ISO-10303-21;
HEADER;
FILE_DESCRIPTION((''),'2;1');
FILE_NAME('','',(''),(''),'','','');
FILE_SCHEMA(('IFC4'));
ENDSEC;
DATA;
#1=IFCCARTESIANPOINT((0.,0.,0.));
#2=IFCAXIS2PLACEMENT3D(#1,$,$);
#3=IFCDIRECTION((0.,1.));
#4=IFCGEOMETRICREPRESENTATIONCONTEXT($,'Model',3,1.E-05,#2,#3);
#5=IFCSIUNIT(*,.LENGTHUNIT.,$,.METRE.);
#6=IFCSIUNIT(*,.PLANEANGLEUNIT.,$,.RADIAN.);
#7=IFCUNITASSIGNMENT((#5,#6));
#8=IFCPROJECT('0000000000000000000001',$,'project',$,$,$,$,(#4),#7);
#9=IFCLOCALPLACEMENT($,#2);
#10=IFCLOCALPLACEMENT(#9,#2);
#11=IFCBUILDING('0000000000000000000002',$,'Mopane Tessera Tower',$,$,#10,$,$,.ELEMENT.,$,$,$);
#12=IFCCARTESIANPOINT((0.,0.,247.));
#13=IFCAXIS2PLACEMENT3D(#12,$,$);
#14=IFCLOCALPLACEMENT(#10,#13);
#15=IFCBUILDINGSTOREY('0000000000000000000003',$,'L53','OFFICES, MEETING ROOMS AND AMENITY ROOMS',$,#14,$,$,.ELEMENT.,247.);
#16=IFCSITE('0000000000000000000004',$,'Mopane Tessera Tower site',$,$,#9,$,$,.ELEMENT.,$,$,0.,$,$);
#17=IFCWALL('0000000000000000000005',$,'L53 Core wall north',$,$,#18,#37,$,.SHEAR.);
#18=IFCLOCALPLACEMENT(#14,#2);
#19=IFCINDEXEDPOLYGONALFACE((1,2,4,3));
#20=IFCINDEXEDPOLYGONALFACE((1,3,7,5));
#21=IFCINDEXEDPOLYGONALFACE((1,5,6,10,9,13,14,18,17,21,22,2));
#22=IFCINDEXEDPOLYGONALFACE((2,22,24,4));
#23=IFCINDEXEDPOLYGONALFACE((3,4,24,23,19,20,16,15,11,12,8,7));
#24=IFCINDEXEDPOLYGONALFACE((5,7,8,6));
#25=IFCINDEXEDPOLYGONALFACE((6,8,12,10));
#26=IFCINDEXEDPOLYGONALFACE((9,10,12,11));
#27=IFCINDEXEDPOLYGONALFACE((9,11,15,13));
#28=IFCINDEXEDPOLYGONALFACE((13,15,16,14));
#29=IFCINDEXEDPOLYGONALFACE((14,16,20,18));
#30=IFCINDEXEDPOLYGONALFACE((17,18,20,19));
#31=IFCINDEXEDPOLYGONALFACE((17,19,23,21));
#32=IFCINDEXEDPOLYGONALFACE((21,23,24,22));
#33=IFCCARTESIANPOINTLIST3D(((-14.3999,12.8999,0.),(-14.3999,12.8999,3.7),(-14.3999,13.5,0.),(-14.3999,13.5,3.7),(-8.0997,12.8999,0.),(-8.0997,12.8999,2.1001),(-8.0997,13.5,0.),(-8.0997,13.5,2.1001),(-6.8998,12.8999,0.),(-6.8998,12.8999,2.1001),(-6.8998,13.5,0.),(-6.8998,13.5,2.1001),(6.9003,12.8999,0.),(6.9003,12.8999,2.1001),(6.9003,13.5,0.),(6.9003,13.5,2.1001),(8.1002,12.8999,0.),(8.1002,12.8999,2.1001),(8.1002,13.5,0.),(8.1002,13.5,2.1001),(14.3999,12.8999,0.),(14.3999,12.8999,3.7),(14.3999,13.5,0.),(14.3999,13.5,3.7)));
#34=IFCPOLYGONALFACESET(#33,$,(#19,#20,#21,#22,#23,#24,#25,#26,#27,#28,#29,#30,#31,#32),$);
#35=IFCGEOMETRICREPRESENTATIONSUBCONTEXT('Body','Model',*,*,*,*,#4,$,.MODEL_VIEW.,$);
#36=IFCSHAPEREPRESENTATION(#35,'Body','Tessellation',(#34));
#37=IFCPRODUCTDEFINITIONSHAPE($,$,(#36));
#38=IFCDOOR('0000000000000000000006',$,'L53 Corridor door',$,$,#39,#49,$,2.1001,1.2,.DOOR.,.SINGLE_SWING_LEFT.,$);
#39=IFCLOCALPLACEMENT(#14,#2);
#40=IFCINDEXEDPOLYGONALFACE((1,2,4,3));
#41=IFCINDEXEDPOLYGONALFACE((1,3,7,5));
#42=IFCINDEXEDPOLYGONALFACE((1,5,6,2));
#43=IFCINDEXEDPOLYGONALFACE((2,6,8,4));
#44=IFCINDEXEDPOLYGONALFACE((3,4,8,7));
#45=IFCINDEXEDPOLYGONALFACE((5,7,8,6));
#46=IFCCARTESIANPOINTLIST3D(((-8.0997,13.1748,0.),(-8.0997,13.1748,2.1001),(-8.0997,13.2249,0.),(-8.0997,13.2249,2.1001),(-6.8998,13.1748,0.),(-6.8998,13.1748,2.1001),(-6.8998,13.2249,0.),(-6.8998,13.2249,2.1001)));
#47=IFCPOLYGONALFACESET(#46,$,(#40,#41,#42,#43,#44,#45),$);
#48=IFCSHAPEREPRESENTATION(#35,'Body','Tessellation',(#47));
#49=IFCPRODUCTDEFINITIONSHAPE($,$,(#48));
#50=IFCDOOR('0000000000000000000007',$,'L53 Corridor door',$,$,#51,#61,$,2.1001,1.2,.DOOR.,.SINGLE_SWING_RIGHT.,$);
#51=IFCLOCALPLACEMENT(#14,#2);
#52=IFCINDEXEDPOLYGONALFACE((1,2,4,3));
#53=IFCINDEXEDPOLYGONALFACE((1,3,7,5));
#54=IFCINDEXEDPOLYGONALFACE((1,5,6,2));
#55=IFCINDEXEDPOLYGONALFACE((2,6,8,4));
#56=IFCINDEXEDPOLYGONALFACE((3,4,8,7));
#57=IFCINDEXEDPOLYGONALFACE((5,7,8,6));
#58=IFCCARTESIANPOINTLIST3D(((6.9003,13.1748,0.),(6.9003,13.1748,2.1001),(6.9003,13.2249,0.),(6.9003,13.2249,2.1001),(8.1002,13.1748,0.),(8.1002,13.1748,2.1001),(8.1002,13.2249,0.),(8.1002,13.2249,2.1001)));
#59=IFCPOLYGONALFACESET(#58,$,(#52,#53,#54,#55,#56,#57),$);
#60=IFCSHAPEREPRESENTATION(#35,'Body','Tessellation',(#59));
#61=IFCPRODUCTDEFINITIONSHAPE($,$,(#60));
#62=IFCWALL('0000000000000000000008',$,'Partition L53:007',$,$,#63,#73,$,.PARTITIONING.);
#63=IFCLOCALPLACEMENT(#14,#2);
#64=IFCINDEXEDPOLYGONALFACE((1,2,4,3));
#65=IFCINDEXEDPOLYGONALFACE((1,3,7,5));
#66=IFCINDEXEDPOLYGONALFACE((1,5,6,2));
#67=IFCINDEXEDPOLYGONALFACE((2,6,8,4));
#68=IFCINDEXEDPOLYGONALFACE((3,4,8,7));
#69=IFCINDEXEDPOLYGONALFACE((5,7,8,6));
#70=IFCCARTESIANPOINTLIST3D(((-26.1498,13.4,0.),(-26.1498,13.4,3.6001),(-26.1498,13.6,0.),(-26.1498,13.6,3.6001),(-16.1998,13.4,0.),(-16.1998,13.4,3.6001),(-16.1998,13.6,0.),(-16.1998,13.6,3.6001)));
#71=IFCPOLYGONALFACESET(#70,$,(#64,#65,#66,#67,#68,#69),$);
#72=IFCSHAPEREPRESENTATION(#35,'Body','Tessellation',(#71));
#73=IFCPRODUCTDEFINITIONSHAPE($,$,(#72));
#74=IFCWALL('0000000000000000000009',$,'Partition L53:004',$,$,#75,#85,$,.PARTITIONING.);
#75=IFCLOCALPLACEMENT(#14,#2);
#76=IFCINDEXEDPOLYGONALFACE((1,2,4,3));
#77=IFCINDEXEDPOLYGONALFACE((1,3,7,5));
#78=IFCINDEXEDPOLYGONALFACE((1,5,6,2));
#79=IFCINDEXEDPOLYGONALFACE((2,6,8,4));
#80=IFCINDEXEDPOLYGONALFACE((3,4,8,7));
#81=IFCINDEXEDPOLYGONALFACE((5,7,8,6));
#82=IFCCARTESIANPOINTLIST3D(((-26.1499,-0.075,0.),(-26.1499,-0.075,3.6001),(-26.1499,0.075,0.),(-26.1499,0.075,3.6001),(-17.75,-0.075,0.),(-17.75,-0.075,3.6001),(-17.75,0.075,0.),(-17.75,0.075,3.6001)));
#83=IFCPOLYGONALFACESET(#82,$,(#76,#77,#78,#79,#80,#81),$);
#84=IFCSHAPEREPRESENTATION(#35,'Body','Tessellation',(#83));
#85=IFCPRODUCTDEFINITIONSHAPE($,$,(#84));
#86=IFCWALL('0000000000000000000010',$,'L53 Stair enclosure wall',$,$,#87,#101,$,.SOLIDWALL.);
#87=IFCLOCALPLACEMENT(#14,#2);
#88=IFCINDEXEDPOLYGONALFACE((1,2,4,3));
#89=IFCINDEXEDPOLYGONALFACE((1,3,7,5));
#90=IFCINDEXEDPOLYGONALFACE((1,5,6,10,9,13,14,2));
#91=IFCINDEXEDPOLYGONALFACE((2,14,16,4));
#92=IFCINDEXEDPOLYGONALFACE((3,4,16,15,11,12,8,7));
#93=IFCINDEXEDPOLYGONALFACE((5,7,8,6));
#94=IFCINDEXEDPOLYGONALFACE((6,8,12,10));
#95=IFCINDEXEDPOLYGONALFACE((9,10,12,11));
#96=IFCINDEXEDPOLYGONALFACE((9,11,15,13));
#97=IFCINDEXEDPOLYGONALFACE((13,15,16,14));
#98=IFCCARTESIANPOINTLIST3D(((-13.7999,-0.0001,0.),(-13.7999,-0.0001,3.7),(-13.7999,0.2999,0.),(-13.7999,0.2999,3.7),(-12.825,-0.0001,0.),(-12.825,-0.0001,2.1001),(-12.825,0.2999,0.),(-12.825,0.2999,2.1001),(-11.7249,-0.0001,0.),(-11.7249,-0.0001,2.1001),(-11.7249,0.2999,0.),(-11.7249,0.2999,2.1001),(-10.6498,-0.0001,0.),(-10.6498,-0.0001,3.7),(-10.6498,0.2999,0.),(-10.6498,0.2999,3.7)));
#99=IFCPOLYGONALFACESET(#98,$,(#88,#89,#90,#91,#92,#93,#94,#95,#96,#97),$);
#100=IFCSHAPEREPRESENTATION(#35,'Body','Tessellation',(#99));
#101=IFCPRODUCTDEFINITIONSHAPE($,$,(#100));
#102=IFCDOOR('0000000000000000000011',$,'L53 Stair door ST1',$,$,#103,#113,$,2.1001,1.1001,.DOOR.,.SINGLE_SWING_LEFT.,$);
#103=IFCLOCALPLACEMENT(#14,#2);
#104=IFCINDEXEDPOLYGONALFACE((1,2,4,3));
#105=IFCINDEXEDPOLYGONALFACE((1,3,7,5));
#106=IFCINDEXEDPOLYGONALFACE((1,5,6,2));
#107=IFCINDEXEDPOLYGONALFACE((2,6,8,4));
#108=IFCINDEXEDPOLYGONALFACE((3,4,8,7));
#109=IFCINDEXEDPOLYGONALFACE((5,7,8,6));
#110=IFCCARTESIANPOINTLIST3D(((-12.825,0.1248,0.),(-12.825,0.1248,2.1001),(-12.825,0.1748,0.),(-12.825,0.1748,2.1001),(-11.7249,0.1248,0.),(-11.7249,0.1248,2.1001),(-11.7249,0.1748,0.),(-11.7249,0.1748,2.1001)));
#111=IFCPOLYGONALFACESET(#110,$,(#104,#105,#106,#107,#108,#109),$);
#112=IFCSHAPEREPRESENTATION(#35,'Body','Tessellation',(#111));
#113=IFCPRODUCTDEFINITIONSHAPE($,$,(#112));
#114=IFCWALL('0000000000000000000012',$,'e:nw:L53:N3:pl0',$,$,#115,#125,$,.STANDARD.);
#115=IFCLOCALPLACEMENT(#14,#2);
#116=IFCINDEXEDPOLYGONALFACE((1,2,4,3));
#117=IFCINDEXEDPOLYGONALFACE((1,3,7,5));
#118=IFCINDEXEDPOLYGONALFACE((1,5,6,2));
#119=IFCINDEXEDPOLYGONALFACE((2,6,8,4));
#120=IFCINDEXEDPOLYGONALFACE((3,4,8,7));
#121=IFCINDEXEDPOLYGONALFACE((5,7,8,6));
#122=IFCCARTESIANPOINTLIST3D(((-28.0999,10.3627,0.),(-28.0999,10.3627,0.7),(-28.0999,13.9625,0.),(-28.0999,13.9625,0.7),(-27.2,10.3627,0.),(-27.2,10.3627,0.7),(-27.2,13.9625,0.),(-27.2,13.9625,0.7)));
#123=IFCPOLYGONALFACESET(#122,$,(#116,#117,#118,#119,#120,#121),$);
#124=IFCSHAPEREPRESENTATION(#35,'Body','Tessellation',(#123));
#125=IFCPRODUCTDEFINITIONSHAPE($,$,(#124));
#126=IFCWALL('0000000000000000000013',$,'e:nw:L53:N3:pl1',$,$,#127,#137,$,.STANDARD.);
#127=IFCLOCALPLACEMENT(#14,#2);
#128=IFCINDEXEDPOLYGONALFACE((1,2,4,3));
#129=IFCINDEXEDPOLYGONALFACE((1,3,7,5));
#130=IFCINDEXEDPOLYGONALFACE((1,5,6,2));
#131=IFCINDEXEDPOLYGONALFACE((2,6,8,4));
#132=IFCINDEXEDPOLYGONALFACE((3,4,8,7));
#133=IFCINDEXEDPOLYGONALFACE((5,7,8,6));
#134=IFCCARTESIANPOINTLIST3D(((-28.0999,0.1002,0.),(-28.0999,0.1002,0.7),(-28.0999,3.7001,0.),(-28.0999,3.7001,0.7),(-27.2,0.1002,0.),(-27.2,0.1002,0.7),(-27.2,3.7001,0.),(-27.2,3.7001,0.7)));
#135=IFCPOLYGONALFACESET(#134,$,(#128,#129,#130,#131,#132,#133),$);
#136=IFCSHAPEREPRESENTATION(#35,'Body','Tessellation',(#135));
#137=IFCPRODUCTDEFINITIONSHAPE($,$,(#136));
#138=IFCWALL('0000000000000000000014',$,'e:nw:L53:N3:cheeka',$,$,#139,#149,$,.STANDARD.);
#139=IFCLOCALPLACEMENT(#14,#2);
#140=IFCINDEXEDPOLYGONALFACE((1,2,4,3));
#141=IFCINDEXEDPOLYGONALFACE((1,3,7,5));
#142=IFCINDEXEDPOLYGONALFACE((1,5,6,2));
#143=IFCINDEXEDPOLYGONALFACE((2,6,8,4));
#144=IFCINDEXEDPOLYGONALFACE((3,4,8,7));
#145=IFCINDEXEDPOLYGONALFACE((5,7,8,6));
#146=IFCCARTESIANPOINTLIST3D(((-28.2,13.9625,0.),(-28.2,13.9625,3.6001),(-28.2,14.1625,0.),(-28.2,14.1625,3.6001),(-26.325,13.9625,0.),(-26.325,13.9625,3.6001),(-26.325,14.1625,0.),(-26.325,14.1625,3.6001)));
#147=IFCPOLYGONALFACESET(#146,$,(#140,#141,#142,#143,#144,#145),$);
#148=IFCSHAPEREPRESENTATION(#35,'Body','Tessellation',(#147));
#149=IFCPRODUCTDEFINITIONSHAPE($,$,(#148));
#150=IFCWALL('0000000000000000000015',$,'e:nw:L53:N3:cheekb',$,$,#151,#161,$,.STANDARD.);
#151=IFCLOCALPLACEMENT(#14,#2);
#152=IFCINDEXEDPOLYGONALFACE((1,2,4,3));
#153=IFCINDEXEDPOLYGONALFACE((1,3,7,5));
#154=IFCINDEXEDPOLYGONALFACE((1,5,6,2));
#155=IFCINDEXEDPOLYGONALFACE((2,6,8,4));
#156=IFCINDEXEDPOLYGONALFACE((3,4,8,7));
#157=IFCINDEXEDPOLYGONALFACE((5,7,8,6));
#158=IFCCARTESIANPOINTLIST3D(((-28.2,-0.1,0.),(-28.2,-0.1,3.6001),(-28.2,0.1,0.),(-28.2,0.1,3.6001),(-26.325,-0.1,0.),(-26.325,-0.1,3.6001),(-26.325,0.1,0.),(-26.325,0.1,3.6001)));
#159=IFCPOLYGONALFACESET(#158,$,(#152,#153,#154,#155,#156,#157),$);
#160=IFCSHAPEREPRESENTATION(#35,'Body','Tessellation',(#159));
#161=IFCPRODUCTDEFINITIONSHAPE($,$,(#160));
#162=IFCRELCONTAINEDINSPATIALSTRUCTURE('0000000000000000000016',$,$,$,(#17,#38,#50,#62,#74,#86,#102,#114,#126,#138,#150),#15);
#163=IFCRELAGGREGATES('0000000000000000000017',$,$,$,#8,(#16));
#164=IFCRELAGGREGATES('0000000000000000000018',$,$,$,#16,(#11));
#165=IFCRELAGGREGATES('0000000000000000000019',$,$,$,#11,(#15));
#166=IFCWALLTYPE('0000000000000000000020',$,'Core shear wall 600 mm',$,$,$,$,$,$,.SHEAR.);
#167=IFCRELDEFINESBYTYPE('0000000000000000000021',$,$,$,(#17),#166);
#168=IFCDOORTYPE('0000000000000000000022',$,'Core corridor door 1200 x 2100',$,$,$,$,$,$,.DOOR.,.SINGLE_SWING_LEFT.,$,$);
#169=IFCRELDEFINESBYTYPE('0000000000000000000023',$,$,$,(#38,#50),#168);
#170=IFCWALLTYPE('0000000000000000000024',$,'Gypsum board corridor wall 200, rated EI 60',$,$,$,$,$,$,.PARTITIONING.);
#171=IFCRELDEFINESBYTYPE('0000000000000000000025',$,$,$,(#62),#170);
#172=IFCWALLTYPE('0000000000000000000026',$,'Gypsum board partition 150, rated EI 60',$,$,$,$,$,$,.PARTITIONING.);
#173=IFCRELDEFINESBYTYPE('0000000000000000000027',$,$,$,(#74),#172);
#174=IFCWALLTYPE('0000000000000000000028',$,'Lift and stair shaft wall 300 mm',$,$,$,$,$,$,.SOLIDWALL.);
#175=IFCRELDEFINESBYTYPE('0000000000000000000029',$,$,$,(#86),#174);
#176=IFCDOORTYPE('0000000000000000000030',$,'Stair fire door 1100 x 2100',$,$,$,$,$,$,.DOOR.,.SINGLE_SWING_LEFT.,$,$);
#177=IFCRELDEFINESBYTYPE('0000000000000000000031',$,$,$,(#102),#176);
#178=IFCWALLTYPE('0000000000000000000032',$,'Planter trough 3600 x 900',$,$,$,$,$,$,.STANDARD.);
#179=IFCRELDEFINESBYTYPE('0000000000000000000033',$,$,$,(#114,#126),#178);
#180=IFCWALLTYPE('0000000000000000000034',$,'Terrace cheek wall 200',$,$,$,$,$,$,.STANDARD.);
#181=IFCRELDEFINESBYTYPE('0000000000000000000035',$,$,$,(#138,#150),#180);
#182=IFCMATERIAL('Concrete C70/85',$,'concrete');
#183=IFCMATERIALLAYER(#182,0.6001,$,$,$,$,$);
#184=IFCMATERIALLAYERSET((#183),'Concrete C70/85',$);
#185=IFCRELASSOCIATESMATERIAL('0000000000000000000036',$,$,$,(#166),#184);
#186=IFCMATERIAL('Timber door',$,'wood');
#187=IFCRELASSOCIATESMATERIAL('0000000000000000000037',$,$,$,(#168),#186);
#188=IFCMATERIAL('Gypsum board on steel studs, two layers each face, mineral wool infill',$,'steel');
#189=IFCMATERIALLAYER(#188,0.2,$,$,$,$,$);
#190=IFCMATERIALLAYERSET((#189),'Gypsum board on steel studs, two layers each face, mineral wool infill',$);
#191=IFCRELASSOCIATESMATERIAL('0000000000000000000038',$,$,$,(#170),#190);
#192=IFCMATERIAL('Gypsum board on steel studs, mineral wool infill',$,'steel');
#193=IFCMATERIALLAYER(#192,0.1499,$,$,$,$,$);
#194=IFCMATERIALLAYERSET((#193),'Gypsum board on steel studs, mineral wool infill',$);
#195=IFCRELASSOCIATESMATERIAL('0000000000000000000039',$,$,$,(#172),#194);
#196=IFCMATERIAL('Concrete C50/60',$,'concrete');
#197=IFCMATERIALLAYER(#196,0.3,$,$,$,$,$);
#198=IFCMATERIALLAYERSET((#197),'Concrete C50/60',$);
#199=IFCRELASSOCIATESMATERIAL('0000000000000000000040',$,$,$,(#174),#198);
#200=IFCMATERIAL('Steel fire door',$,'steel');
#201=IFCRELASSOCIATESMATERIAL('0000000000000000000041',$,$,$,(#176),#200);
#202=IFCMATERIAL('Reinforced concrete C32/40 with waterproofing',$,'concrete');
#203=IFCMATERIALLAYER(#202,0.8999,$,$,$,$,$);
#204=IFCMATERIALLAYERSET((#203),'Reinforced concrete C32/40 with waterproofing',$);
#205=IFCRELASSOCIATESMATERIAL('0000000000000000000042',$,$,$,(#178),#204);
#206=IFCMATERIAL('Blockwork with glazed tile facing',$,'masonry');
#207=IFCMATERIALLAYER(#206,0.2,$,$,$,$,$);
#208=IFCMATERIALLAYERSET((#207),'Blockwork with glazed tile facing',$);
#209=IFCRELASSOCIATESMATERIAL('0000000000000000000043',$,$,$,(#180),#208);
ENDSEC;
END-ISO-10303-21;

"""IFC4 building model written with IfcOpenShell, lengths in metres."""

from ifc_helpers import new_model, si_unit, direction, frame, frame_2d, origin, place, context, subcontext, project, spatial, rectangle, extrude, material, layer, layer_set, type_object, element, fill, save


model = new_model("IFC4")

# Units and contexts
model_context = context("Model", 3, precision=1e-05, world=origin(), true_north=direction((0.0, 1.0)))
body_context = subcontext(model_context, "Body", "Model", "MODEL_VIEW")
ifc_project = project(units=[si_unit("LENGTHUNIT", "METRE"), si_unit("PLANEANGLEUNIT", "RADIAN")], contexts=[model_context])

# Site, building, storey
site_placement = place(None, origin())
site = spatial("IfcSite", under=ifc_project, at=site_placement, Name="Mopane Tessera Tower site", CompositionType="ELEMENT", RefElevation=0.0)
building_placement = place(site_placement, origin())
building = spatial("IfcBuilding", under=site, at=building_placement, Name="Mopane Tessera Tower", CompositionType="ELEMENT")
storey_placement = place(building_placement, frame((0.0, 0.0, 247.0)))
storey = spatial("IfcBuildingStorey", under=building, at=storey_placement, Name="L53", Description="OFFICES, MEETING ROOMS AND AMENITY ROOMS", CompositionType="ELEMENT", Elevation=247.0)

# Wall, openings, doors
ifc_material_1 = material(Name="Concrete C70/85", Category="concrete")
ifc_layer_1 = layer(ifc_material_1, 0.6001)
ifc_layer_set_1 = layer_set([ifc_layer_1], Name="Concrete C70/85")
wall_type_1 = type_object("IfcWallType", Name="Core shear wall 600 mm", PredefinedType="SHEAR", material=ifc_layer_set_1)
wall_1_placement = place(storey_placement, frame((-14.3999, 13.2, 0.0), z_axis=(0.0, 0.0, 1.0), x_axis=(1.0, 0.0, 0.0)))
wall_1 = element("IfcWall", 1, at=wall_1_placement, inside=storey, type_object=wall_type_1, Name="L53 Core wall north", PredefinedType="SHEAR", context=body_context, shape_type="SweptSolid", body=[
    extrude(rectangle(XDim=28.7998, YDim=0.6001, at=frame_2d((14.3999, 0.0))), origin(), (0.0, 0.0, 1.0), 3.7),
])
opening_1_placement = place(wall_1_placement, frame((6.3, 0.0, 0.0)))
opening_1 = element("IfcOpeningElement", 2, at=opening_1_placement, cuts=wall_1, PredefinedType="OPENING", context=body_context, shape_type="SweptSolid", body=[
    extrude(rectangle(XDim=1.2, YDim=2.1001, at=frame_2d((0.6001, 1.05))), frame((0.0, 0.312, 0.0), z_axis=(0.0, -1.0, 0.0), x_axis=(1.0, 0.0, 0.0)), (0.0, 0.0, 1.0), 0.624),
])
opening_2_placement = place(wall_1_placement, frame((21.3, 0.0, 0.0)))
opening_2 = element("IfcOpeningElement", 3, at=opening_2_placement, cuts=wall_1, PredefinedType="OPENING", context=body_context, shape_type="SweptSolid", body=[
    extrude(rectangle(XDim=1.2, YDim=2.1001, at=frame_2d((0.6001, 1.05))), frame((0.0, 0.312, 0.0), z_axis=(0.0, -1.0, 0.0), x_axis=(1.0, 0.0, 0.0)), (0.0, 0.0, 1.0), 0.624),
])
ifc_material_2 = material(Name="Timber door", Category="wood")
door_type_1 = type_object("IfcDoorType", Name="Core corridor door 1200 x 2100", OperationType="SINGLE_SWING_LEFT", PredefinedType="DOOR", material=ifc_material_2)
door_1_placement = place(opening_1_placement, origin())
door_1 = element("IfcDoor", 4, at=door_1_placement, inside=storey, type_object=door_type_1, Name="L53 Corridor door", OperationType="SINGLE_SWING_LEFT", OverallHeight=2.1001, OverallWidth=1.2, PredefinedType="DOOR", context=body_context, shape_type="SweptSolid", body=[
    extrude(rectangle(XDim=1.2, YDim=2.1001, at=frame_2d((0.6001, 1.05))), frame((0.0, 0.0249, 0.0), z_axis=(0.0, -1.0, 0.0), x_axis=(1.0, 0.0, 0.0)), (0.0, 0.0, 1.0), 0.05),
])
fill(opening_1, door_1)
door_2_placement = place(opening_2_placement, origin())
door_2 = element("IfcDoor", 5, at=door_2_placement, inside=storey, type_object=door_type_1, Name="L53 Corridor door", OperationType="SINGLE_SWING_RIGHT", OverallHeight=2.1001, OverallWidth=1.2, PredefinedType="DOOR", context=body_context, shape_type="SweptSolid", body=[
    extrude(rectangle(XDim=1.2, YDim=2.1001, at=frame_2d((0.6001, 1.05))), frame((0.0, 0.0249, 0.0), z_axis=(0.0, -1.0, 0.0), x_axis=(1.0, 0.0, 0.0)), (0.0, 0.0, 1.0), 0.05),
])
fill(opening_2, door_2)

# Walls
ifc_material_3 = material(Name="Gypsum board on steel studs, two layers each face, mineral wool infill", Category="steel")
ifc_layer_2 = layer(ifc_material_3, 0.2)
ifc_layer_set_2 = layer_set([ifc_layer_2], Name="Gypsum board on steel studs, two layers each face, mineral wool infill")
wall_type_2 = type_object("IfcWallType", Name="Gypsum board corridor wall 200, rated EI 60", PredefinedType="PARTITIONING", material=ifc_layer_set_2)
wall_2_placement = place(storey_placement, frame((-26.1499, 13.5, 0.0), z_axis=(0.0, 0.0, 1.0), x_axis=(1.0, 0.0, 0.0)))
element("IfcWall", 6, at=wall_2_placement, inside=storey, type_object=wall_type_2, Name="Partition L53:007", PredefinedType="PARTITIONING", context=body_context, shape_type="SweptSolid", body=[
    extrude(rectangle(XDim=9.95, YDim=0.2, at=frame_2d((4.9751, 0.0))), origin(), (0.0, 0.0, 1.0), 3.6001),
])
ifc_material_4 = material(Name="Gypsum board on steel studs, mineral wool infill", Category="steel")
ifc_layer_3 = layer(ifc_material_4, 0.1499)
ifc_layer_set_3 = layer_set([ifc_layer_3], Name="Gypsum board on steel studs, mineral wool infill")
wall_type_3 = type_object("IfcWallType", Name="Gypsum board partition 150, rated EI 60", PredefinedType="PARTITIONING", material=ifc_layer_set_3)
wall_3_placement = place(storey_placement, frame((-26.1499, 0.0, 0.0), z_axis=(0.0, 0.0, 1.0), x_axis=(1.0, 0.0, 0.0)))
element("IfcWall", 7, at=wall_3_placement, inside=storey, type_object=wall_type_3, Name="Partition L53:004", PredefinedType="PARTITIONING", context=body_context, shape_type="SweptSolid", body=[
    extrude(rectangle(XDim=8.3999, YDim=0.1499, at=frame_2d((4.2, 0.0))), origin(), (0.0, 0.0, 1.0), 3.6001),
])

# Wall, opening, door
ifc_material_5 = material(Name="Concrete C50/60", Category="concrete")
ifc_layer_4 = layer(ifc_material_5, 0.3)
ifc_layer_set_4 = layer_set([ifc_layer_4], Name="Concrete C50/60")
wall_type_4 = type_object("IfcWallType", Name="Lift and stair shaft wall 300 mm", PredefinedType="SOLIDWALL", material=ifc_layer_set_4)
wall_4_placement = place(storey_placement, frame((-13.8, 0.1499, 0.0), z_axis=(0.0, 0.0, 1.0), x_axis=(1.0, 0.0, 0.0)))
wall_4 = element("IfcWall", 8, at=wall_4_placement, inside=storey, type_object=wall_type_4, Name="L53 Stair enclosure wall", PredefinedType="SOLIDWALL", context=body_context, shape_type="SweptSolid", body=[
    extrude(rectangle(XDim=3.1501, YDim=0.3, at=frame_2d((1.5752, 0.0))), origin(), (0.0, 0.0, 1.0), 3.7),
])
opening_3_placement = place(wall_4_placement, frame((0.9751, 0.0, 0.0)))
opening_3 = element("IfcOpeningElement", 9, at=opening_3_placement, cuts=wall_4, PredefinedType="OPENING", context=body_context, shape_type="SweptSolid", body=[
    extrude(rectangle(XDim=1.1001, YDim=2.1001, at=frame_2d((0.55, 1.05))), frame((0.0, 0.1621, 0.0), z_axis=(0.0, -1.0, 0.0), x_axis=(1.0, 0.0, 0.0)), (0.0, 0.0, 1.0), 0.324),
])
ifc_material_6 = material(Name="Steel fire door", Category="steel")
door_type_2 = type_object("IfcDoorType", Name="Stair fire door 1100 x 2100", OperationType="SINGLE_SWING_LEFT", PredefinedType="DOOR", material=ifc_material_6)
door_3_placement = place(opening_3_placement, origin())
door_3 = element("IfcDoor", 10, at=door_3_placement, inside=storey, type_object=door_type_2, Name="L53 Stair door ST1", OperationType="SINGLE_SWING_LEFT", OverallHeight=2.1001, OverallWidth=1.1001, PredefinedType="DOOR", context=body_context, shape_type="SweptSolid", body=[
    extrude(rectangle(XDim=1.1001, YDim=2.1001, at=frame_2d((0.55, 1.05))), frame((0.0, 0.0249, 0.0), z_axis=(0.0, -1.0, 0.0), x_axis=(1.0, 0.0, 0.0)), (0.0, 0.0, 1.0), 0.05),
])
fill(opening_3, door_3)

# Walls
ifc_material_7 = material(Name="Reinforced concrete C32/40 with waterproofing", Category="concrete")
ifc_layer_5 = layer(ifc_material_7, 0.8999)
ifc_layer_set_5 = layer_set([ifc_layer_5], Name="Reinforced concrete C32/40 with waterproofing")
wall_type_5 = type_object("IfcWallType", Name="Planter trough 3600 x 900", PredefinedType="STANDARD", material=ifc_layer_set_5)
for number, where, z_axis, x_axis, name in (
    (11, (-27.6499, 13.9624, 0.0), (0.0, 0.0, 1.0), (0.0, -1.0, 0.0), "e:nw:L53:N3:pl0"),
    (12, (-27.6499, 3.7, 0.0), (0.0, 0.0, 1.0), (0.0, -1.0, 0.0), "e:nw:L53:N3:pl1"),
):
    element("IfcWall", number, at=place(storey_placement, frame(where, z_axis=z_axis, x_axis=x_axis)), inside=storey, type_object=wall_type_5, Name=name, PredefinedType="STANDARD", context=body_context, shape_type="SweptSolid", body=[
        extrude(rectangle(XDim=3.5999, YDim=0.8999, at=frame_2d((1.7998, 0.0))), origin(), (0.0, 0.0, 1.0), 0.7),
    ])
ifc_material_8 = material(Name="Blockwork with glazed tile facing", Category="masonry")
ifc_layer_6 = layer(ifc_material_8, 0.2)
ifc_layer_set_6 = layer_set([ifc_layer_6], Name="Blockwork with glazed tile facing")
wall_type_6 = type_object("IfcWallType", Name="Terrace cheek wall 200", PredefinedType="STANDARD", material=ifc_layer_set_6)
for number, where, z_axis, x_axis, name in (
    (13, (-28.2, 14.0625, 0.0), (0.0, 0.0, 1.0), (1.0, 0.0, 0.0), "e:nw:L53:N3:cheeka"),
    (14, (-28.2, 0.0, 0.0), (0.0, 0.0, 1.0), (1.0, 0.0, 0.0), "e:nw:L53:N3:cheekb"),
):
    element("IfcWall", number, at=place(storey_placement, frame(where, z_axis=z_axis, x_axis=x_axis)), inside=storey, type_object=wall_type_6, Name=name, PredefinedType="STANDARD", context=body_context, shape_type="SweptSolid", body=[
        extrude(rectangle(XDim=1.875, YDim=0.2, at=frame_2d((0.9375, 0.0))), origin(), (0.0, 0.0, 1.0), 3.6001),
    ])

save(model, "model.ifc")
